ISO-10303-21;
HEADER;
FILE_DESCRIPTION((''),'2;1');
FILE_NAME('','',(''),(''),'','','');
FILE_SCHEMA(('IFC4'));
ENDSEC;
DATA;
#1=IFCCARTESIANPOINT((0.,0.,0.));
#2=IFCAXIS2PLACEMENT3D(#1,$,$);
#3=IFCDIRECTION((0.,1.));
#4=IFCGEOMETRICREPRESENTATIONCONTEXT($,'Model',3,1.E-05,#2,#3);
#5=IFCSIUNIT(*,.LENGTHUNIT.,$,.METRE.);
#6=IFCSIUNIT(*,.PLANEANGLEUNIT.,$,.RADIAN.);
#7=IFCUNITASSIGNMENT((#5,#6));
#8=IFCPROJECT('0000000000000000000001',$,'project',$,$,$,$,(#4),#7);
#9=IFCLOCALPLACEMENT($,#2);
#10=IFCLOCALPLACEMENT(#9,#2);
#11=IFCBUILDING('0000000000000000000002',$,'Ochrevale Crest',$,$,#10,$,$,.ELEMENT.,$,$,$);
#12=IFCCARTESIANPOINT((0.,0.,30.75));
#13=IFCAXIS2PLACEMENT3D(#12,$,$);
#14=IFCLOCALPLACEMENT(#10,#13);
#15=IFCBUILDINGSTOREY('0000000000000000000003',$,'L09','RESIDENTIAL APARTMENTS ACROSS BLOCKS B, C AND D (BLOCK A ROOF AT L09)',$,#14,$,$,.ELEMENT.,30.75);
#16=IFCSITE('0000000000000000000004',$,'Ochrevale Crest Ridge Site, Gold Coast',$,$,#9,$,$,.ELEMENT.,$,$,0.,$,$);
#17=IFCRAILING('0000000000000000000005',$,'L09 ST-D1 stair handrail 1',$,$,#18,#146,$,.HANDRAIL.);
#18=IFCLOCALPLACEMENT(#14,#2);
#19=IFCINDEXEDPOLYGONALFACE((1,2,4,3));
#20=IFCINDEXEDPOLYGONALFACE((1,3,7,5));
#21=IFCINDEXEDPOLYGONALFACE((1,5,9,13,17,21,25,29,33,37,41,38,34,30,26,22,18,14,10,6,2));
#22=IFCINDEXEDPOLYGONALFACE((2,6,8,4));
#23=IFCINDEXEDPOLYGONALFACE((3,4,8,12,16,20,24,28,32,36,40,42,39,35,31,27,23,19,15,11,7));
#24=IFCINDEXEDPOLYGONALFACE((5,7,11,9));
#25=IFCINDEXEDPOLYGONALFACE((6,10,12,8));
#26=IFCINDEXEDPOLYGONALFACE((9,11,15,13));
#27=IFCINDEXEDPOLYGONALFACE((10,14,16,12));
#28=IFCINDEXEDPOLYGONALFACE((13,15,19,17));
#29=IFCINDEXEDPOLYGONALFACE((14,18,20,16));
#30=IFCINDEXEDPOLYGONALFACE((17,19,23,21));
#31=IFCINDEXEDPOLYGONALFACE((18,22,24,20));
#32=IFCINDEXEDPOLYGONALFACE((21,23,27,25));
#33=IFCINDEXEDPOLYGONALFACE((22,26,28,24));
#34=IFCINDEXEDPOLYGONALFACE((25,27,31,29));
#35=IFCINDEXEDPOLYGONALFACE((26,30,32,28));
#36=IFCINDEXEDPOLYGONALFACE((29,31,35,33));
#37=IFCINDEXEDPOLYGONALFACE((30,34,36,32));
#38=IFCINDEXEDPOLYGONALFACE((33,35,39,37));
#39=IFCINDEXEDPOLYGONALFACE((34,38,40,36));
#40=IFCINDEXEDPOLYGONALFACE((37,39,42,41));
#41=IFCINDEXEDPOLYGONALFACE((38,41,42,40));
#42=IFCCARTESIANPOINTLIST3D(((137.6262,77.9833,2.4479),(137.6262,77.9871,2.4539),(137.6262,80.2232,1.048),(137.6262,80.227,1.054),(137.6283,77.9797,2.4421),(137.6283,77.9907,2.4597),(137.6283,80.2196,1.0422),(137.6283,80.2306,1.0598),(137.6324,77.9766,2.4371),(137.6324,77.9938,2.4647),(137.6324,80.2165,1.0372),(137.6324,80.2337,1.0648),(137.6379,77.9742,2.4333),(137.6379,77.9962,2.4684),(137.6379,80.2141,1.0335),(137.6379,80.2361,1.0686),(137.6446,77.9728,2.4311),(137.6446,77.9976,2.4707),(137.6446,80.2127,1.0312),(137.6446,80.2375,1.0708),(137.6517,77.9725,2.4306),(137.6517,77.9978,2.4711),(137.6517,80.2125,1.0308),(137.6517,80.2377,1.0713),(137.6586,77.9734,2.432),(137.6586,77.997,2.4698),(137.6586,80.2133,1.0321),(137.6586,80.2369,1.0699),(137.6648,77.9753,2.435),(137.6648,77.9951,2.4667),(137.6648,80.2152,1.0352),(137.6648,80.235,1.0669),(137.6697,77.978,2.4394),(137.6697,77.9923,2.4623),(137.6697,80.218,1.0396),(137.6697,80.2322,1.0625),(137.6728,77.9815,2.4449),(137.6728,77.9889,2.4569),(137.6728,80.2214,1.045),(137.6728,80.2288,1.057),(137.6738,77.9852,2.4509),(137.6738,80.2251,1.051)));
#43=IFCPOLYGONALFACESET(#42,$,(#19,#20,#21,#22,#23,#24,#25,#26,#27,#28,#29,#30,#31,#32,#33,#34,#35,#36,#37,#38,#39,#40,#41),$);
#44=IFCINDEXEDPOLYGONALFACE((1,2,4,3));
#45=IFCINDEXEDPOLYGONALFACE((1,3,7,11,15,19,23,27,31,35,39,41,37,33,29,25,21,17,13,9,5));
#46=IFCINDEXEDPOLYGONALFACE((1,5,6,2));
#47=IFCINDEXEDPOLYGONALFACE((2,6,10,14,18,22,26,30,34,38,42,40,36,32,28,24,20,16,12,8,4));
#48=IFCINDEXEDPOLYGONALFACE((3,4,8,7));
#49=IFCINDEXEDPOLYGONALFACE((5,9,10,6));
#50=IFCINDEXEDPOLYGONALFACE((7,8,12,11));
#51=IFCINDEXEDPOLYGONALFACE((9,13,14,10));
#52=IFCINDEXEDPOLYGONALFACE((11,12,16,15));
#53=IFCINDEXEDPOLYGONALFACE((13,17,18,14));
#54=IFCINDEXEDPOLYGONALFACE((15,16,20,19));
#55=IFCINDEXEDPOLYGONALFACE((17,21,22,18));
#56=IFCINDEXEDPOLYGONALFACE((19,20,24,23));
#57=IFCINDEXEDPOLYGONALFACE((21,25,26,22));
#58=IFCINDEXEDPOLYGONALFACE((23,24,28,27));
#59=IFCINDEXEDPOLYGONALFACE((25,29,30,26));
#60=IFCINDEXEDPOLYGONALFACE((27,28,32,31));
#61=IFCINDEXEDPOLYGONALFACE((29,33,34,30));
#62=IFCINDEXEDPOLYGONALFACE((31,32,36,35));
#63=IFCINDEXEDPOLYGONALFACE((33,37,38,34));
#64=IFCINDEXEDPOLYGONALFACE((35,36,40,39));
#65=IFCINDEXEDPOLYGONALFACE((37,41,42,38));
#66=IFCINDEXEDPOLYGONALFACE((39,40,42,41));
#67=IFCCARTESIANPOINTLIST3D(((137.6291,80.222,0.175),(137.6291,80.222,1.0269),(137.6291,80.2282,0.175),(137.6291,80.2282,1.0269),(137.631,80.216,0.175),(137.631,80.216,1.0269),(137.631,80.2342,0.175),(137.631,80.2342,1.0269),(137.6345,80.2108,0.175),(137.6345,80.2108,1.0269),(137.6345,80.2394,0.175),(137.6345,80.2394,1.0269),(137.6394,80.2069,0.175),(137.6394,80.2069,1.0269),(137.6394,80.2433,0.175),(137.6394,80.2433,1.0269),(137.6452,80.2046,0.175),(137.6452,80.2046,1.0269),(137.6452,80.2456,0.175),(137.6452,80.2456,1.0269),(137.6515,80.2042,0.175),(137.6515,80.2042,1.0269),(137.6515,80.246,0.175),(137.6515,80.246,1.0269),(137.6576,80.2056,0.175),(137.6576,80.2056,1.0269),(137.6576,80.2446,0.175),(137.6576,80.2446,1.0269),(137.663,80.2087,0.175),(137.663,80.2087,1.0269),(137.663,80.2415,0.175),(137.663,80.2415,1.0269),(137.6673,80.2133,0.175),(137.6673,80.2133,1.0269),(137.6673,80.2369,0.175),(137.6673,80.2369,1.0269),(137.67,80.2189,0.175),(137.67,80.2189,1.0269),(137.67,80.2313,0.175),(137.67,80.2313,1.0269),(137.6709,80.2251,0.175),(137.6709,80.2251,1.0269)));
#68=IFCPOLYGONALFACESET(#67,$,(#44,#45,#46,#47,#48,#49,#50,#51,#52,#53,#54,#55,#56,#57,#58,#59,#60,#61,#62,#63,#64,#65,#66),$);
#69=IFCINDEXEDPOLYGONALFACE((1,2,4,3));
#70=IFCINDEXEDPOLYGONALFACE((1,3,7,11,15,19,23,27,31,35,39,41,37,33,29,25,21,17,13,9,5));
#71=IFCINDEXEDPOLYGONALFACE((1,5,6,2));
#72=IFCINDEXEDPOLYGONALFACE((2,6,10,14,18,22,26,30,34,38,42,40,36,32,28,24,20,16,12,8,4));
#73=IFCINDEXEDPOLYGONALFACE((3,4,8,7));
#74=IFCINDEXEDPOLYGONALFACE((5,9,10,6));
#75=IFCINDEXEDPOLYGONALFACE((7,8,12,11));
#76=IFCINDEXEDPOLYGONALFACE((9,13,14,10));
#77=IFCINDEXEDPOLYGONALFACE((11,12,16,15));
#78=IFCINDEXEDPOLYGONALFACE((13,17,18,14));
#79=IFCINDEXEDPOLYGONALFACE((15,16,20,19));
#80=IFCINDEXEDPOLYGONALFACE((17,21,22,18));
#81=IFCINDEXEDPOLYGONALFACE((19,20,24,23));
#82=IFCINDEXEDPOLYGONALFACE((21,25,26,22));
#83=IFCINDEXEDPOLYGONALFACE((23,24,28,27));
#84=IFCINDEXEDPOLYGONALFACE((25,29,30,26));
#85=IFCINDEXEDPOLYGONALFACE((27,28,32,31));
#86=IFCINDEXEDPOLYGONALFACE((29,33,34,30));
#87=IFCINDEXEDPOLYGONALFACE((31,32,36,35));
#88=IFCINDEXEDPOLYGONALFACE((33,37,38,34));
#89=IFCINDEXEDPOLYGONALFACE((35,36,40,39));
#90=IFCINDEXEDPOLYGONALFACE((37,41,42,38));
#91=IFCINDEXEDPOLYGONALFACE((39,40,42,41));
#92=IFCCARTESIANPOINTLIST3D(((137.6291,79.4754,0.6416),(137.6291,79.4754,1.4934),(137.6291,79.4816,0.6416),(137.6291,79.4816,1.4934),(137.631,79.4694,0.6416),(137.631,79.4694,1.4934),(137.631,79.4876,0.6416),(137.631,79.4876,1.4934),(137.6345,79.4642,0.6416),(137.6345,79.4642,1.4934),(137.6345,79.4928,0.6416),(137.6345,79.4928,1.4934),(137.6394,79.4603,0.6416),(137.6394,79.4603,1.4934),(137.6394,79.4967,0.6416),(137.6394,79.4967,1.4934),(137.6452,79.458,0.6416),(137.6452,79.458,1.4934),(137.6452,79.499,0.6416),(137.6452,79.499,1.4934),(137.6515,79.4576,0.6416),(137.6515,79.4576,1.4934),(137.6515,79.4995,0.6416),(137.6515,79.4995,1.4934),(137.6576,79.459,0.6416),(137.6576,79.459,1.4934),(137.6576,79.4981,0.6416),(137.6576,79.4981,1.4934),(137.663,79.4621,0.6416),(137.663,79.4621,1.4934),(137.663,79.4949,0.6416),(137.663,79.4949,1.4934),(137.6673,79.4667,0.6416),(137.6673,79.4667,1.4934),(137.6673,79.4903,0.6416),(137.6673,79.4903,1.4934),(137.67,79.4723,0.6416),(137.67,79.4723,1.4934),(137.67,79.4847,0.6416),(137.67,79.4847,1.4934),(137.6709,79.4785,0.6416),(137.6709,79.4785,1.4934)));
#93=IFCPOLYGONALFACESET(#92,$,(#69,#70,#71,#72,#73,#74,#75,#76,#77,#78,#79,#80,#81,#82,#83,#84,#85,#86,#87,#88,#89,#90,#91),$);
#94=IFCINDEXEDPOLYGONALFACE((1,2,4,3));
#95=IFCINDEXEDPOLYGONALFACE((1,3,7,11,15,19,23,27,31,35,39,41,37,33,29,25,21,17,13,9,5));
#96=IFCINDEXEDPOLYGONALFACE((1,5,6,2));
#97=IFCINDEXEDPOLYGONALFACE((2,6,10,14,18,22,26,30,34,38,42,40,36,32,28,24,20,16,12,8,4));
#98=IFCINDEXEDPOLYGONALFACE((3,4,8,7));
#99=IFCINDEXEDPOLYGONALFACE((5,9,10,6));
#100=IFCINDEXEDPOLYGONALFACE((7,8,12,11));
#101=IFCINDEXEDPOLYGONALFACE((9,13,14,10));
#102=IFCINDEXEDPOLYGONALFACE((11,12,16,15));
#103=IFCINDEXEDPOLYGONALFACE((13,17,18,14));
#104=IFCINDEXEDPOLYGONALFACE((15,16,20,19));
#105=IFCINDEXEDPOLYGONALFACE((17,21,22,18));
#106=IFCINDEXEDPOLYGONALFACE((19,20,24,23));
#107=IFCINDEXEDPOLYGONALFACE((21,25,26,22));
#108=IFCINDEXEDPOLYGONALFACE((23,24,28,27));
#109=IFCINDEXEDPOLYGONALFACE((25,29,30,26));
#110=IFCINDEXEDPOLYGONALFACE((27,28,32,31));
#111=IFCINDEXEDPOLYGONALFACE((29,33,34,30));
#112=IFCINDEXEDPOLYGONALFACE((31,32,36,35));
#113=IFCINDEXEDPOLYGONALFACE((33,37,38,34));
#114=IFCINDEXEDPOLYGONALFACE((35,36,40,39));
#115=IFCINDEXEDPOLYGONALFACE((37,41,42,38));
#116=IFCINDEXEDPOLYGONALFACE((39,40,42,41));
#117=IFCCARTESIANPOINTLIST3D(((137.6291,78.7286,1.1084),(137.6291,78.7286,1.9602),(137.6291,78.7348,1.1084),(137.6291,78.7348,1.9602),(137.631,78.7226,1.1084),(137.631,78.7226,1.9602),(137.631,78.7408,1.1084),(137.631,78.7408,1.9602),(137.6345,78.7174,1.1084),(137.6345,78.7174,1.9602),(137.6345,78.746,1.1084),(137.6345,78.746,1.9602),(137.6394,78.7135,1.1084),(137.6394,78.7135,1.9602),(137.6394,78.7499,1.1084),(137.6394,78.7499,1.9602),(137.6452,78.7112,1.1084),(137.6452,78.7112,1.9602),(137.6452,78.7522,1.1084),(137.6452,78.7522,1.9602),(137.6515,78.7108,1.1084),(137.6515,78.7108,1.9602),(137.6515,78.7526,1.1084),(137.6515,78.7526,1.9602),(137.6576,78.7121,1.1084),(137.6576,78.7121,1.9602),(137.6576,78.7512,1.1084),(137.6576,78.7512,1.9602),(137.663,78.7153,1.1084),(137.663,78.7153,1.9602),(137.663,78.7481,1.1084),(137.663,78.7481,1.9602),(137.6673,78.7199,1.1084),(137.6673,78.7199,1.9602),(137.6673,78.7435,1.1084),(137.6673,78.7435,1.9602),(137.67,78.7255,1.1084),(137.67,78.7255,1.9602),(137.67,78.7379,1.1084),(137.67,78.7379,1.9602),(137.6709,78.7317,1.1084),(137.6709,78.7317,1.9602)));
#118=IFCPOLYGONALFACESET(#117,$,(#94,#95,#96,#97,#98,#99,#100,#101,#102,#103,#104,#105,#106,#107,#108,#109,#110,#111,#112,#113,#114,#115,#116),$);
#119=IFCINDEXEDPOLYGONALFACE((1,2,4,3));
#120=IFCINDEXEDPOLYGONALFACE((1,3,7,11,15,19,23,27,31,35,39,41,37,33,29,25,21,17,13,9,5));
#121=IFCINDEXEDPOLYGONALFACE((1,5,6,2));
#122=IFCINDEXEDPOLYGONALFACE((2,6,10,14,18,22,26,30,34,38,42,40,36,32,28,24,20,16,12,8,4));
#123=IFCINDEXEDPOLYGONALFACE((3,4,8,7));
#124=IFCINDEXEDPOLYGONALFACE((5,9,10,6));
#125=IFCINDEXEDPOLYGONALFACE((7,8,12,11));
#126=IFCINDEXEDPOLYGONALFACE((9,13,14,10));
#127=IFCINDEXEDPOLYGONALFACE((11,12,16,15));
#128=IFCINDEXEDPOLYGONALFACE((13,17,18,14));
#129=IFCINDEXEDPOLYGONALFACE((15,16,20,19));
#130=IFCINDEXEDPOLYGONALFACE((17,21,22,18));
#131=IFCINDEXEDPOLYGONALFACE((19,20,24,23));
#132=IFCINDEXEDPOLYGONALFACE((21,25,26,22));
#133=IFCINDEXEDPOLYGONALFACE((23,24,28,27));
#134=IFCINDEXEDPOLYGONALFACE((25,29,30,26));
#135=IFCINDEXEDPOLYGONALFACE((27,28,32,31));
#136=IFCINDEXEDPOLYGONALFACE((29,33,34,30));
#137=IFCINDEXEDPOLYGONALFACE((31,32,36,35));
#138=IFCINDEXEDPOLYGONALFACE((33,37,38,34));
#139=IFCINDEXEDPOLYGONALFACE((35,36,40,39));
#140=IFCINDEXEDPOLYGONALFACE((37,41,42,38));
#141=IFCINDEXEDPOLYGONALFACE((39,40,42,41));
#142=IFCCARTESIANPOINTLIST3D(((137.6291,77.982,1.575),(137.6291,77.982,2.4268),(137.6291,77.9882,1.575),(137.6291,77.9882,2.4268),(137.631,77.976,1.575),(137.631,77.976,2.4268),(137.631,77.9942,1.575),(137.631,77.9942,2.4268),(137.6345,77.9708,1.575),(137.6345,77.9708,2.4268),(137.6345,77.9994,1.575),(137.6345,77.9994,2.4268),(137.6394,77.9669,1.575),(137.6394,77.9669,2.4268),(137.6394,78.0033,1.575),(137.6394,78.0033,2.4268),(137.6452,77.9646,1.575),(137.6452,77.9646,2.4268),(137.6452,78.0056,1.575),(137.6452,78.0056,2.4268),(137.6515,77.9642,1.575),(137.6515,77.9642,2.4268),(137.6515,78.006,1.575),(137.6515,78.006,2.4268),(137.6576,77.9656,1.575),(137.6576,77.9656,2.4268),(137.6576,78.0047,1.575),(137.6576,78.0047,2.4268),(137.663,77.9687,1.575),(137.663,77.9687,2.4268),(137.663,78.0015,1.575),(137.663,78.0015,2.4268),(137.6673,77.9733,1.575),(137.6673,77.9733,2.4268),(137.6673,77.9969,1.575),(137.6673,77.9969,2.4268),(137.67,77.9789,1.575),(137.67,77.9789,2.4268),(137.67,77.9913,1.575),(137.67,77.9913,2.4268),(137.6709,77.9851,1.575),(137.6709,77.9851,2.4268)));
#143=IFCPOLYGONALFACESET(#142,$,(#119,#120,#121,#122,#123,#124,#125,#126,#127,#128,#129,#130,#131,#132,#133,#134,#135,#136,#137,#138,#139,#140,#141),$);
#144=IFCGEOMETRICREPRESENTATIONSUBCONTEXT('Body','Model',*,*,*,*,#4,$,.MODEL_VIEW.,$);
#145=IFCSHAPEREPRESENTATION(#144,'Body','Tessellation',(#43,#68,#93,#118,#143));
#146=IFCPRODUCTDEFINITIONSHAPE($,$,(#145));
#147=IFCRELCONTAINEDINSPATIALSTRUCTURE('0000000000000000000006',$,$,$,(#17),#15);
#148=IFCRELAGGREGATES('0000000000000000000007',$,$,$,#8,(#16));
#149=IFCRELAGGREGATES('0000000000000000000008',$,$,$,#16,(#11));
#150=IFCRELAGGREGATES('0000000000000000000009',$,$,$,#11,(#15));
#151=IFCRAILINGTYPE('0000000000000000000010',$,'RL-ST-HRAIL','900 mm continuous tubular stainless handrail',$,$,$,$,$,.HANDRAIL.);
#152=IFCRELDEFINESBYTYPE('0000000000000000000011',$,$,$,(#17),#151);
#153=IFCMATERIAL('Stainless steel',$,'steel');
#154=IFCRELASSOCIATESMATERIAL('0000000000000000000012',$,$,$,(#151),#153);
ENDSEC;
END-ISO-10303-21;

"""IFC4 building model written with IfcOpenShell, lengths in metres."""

from ifc_helpers import new_model, si_unit, direction, frame, origin, origin_2d, place, context, subcontext, project, spatial, circle, extrude, material, type_object, element, save


model = new_model("IFC4")

# Units and contexts
model_context = context("Model", 3, precision=1e-05, world=origin(), true_north=direction((0.0, 1.0)))
body_context = subcontext(model_context, "Body", "Model", "MODEL_VIEW")
ifc_project = project(units=[si_unit("LENGTHUNIT", "METRE"), si_unit("PLANEANGLEUNIT", "RADIAN")], contexts=[model_context])

# Site, building, storey
site_placement = place(None, origin())
site = spatial("IfcSite", under=ifc_project, at=site_placement, Name="Ochrevale Crest Ridge Site, Gold Coast", CompositionType="ELEMENT", RefElevation=0.0)
building_placement = place(site_placement, origin())
building = spatial("IfcBuilding", under=site, at=building_placement, Name="Ochrevale Crest", CompositionType="ELEMENT")
storey_placement = place(building_placement, frame((0.0, 0.0, 30.75)))
storey = spatial("IfcBuildingStorey", under=building, at=storey_placement, Name="L09", Description="RESIDENTIAL APARTMENTS ACROSS BLOCKS B, C AND D (BLOCK A ROOF AT L09)", CompositionType="ELEMENT", Elevation=30.75)

# Railing
ifc_material_1 = material(Name="Stainless steel", Category="steel")
railing_type_1 = type_object("IfcRailingType", Name="RL-ST-HRAIL", Description="900 mm continuous tubular stainless handrail", PredefinedType="HANDRAIL", material=ifc_material_1)
railing_1_placement = place(storey_placement, frame((137.6499, 80.2251, 0.175)))
element("IfcRailing", 1, at=railing_1_placement, inside=storey, type_object=railing_type_1, Name="L09 ST-D1 stair handrail 1", PredefinedType="HANDRAIL", context=body_context, shape_type="SweptSolid", body=[
    extrude(circle(Radius=0.0239, at=origin_2d()), frame((0.0, 0.0, 0.876), z_axis=(0.0, -0.848014, 0.529974), x_axis=(1.0, 0.0, 0.0)), (0.0, 0.0, 1.0), 2.6414),
    extrude(circle(Radius=0.021, at=origin_2d()), origin(), (0.0, 0.0, 1.0), 0.8518),
    extrude(circle(Radius=0.021, at=origin_2d()), frame((0.0, -0.7466, 0.4666)), (0.0, 0.0, 1.0), 0.8518),
    extrude(circle(Radius=0.021, at=origin_2d()), frame((0.0, -1.4934, 0.9333)), (0.0, 0.0, 1.0), 0.8518),
    extrude(circle(Radius=0.021, at=origin_2d()), frame((0.0, -2.24, 1.3999)), (0.0, 0.0, 1.0), 0.8518),
])

save(model, "model.ifc")
